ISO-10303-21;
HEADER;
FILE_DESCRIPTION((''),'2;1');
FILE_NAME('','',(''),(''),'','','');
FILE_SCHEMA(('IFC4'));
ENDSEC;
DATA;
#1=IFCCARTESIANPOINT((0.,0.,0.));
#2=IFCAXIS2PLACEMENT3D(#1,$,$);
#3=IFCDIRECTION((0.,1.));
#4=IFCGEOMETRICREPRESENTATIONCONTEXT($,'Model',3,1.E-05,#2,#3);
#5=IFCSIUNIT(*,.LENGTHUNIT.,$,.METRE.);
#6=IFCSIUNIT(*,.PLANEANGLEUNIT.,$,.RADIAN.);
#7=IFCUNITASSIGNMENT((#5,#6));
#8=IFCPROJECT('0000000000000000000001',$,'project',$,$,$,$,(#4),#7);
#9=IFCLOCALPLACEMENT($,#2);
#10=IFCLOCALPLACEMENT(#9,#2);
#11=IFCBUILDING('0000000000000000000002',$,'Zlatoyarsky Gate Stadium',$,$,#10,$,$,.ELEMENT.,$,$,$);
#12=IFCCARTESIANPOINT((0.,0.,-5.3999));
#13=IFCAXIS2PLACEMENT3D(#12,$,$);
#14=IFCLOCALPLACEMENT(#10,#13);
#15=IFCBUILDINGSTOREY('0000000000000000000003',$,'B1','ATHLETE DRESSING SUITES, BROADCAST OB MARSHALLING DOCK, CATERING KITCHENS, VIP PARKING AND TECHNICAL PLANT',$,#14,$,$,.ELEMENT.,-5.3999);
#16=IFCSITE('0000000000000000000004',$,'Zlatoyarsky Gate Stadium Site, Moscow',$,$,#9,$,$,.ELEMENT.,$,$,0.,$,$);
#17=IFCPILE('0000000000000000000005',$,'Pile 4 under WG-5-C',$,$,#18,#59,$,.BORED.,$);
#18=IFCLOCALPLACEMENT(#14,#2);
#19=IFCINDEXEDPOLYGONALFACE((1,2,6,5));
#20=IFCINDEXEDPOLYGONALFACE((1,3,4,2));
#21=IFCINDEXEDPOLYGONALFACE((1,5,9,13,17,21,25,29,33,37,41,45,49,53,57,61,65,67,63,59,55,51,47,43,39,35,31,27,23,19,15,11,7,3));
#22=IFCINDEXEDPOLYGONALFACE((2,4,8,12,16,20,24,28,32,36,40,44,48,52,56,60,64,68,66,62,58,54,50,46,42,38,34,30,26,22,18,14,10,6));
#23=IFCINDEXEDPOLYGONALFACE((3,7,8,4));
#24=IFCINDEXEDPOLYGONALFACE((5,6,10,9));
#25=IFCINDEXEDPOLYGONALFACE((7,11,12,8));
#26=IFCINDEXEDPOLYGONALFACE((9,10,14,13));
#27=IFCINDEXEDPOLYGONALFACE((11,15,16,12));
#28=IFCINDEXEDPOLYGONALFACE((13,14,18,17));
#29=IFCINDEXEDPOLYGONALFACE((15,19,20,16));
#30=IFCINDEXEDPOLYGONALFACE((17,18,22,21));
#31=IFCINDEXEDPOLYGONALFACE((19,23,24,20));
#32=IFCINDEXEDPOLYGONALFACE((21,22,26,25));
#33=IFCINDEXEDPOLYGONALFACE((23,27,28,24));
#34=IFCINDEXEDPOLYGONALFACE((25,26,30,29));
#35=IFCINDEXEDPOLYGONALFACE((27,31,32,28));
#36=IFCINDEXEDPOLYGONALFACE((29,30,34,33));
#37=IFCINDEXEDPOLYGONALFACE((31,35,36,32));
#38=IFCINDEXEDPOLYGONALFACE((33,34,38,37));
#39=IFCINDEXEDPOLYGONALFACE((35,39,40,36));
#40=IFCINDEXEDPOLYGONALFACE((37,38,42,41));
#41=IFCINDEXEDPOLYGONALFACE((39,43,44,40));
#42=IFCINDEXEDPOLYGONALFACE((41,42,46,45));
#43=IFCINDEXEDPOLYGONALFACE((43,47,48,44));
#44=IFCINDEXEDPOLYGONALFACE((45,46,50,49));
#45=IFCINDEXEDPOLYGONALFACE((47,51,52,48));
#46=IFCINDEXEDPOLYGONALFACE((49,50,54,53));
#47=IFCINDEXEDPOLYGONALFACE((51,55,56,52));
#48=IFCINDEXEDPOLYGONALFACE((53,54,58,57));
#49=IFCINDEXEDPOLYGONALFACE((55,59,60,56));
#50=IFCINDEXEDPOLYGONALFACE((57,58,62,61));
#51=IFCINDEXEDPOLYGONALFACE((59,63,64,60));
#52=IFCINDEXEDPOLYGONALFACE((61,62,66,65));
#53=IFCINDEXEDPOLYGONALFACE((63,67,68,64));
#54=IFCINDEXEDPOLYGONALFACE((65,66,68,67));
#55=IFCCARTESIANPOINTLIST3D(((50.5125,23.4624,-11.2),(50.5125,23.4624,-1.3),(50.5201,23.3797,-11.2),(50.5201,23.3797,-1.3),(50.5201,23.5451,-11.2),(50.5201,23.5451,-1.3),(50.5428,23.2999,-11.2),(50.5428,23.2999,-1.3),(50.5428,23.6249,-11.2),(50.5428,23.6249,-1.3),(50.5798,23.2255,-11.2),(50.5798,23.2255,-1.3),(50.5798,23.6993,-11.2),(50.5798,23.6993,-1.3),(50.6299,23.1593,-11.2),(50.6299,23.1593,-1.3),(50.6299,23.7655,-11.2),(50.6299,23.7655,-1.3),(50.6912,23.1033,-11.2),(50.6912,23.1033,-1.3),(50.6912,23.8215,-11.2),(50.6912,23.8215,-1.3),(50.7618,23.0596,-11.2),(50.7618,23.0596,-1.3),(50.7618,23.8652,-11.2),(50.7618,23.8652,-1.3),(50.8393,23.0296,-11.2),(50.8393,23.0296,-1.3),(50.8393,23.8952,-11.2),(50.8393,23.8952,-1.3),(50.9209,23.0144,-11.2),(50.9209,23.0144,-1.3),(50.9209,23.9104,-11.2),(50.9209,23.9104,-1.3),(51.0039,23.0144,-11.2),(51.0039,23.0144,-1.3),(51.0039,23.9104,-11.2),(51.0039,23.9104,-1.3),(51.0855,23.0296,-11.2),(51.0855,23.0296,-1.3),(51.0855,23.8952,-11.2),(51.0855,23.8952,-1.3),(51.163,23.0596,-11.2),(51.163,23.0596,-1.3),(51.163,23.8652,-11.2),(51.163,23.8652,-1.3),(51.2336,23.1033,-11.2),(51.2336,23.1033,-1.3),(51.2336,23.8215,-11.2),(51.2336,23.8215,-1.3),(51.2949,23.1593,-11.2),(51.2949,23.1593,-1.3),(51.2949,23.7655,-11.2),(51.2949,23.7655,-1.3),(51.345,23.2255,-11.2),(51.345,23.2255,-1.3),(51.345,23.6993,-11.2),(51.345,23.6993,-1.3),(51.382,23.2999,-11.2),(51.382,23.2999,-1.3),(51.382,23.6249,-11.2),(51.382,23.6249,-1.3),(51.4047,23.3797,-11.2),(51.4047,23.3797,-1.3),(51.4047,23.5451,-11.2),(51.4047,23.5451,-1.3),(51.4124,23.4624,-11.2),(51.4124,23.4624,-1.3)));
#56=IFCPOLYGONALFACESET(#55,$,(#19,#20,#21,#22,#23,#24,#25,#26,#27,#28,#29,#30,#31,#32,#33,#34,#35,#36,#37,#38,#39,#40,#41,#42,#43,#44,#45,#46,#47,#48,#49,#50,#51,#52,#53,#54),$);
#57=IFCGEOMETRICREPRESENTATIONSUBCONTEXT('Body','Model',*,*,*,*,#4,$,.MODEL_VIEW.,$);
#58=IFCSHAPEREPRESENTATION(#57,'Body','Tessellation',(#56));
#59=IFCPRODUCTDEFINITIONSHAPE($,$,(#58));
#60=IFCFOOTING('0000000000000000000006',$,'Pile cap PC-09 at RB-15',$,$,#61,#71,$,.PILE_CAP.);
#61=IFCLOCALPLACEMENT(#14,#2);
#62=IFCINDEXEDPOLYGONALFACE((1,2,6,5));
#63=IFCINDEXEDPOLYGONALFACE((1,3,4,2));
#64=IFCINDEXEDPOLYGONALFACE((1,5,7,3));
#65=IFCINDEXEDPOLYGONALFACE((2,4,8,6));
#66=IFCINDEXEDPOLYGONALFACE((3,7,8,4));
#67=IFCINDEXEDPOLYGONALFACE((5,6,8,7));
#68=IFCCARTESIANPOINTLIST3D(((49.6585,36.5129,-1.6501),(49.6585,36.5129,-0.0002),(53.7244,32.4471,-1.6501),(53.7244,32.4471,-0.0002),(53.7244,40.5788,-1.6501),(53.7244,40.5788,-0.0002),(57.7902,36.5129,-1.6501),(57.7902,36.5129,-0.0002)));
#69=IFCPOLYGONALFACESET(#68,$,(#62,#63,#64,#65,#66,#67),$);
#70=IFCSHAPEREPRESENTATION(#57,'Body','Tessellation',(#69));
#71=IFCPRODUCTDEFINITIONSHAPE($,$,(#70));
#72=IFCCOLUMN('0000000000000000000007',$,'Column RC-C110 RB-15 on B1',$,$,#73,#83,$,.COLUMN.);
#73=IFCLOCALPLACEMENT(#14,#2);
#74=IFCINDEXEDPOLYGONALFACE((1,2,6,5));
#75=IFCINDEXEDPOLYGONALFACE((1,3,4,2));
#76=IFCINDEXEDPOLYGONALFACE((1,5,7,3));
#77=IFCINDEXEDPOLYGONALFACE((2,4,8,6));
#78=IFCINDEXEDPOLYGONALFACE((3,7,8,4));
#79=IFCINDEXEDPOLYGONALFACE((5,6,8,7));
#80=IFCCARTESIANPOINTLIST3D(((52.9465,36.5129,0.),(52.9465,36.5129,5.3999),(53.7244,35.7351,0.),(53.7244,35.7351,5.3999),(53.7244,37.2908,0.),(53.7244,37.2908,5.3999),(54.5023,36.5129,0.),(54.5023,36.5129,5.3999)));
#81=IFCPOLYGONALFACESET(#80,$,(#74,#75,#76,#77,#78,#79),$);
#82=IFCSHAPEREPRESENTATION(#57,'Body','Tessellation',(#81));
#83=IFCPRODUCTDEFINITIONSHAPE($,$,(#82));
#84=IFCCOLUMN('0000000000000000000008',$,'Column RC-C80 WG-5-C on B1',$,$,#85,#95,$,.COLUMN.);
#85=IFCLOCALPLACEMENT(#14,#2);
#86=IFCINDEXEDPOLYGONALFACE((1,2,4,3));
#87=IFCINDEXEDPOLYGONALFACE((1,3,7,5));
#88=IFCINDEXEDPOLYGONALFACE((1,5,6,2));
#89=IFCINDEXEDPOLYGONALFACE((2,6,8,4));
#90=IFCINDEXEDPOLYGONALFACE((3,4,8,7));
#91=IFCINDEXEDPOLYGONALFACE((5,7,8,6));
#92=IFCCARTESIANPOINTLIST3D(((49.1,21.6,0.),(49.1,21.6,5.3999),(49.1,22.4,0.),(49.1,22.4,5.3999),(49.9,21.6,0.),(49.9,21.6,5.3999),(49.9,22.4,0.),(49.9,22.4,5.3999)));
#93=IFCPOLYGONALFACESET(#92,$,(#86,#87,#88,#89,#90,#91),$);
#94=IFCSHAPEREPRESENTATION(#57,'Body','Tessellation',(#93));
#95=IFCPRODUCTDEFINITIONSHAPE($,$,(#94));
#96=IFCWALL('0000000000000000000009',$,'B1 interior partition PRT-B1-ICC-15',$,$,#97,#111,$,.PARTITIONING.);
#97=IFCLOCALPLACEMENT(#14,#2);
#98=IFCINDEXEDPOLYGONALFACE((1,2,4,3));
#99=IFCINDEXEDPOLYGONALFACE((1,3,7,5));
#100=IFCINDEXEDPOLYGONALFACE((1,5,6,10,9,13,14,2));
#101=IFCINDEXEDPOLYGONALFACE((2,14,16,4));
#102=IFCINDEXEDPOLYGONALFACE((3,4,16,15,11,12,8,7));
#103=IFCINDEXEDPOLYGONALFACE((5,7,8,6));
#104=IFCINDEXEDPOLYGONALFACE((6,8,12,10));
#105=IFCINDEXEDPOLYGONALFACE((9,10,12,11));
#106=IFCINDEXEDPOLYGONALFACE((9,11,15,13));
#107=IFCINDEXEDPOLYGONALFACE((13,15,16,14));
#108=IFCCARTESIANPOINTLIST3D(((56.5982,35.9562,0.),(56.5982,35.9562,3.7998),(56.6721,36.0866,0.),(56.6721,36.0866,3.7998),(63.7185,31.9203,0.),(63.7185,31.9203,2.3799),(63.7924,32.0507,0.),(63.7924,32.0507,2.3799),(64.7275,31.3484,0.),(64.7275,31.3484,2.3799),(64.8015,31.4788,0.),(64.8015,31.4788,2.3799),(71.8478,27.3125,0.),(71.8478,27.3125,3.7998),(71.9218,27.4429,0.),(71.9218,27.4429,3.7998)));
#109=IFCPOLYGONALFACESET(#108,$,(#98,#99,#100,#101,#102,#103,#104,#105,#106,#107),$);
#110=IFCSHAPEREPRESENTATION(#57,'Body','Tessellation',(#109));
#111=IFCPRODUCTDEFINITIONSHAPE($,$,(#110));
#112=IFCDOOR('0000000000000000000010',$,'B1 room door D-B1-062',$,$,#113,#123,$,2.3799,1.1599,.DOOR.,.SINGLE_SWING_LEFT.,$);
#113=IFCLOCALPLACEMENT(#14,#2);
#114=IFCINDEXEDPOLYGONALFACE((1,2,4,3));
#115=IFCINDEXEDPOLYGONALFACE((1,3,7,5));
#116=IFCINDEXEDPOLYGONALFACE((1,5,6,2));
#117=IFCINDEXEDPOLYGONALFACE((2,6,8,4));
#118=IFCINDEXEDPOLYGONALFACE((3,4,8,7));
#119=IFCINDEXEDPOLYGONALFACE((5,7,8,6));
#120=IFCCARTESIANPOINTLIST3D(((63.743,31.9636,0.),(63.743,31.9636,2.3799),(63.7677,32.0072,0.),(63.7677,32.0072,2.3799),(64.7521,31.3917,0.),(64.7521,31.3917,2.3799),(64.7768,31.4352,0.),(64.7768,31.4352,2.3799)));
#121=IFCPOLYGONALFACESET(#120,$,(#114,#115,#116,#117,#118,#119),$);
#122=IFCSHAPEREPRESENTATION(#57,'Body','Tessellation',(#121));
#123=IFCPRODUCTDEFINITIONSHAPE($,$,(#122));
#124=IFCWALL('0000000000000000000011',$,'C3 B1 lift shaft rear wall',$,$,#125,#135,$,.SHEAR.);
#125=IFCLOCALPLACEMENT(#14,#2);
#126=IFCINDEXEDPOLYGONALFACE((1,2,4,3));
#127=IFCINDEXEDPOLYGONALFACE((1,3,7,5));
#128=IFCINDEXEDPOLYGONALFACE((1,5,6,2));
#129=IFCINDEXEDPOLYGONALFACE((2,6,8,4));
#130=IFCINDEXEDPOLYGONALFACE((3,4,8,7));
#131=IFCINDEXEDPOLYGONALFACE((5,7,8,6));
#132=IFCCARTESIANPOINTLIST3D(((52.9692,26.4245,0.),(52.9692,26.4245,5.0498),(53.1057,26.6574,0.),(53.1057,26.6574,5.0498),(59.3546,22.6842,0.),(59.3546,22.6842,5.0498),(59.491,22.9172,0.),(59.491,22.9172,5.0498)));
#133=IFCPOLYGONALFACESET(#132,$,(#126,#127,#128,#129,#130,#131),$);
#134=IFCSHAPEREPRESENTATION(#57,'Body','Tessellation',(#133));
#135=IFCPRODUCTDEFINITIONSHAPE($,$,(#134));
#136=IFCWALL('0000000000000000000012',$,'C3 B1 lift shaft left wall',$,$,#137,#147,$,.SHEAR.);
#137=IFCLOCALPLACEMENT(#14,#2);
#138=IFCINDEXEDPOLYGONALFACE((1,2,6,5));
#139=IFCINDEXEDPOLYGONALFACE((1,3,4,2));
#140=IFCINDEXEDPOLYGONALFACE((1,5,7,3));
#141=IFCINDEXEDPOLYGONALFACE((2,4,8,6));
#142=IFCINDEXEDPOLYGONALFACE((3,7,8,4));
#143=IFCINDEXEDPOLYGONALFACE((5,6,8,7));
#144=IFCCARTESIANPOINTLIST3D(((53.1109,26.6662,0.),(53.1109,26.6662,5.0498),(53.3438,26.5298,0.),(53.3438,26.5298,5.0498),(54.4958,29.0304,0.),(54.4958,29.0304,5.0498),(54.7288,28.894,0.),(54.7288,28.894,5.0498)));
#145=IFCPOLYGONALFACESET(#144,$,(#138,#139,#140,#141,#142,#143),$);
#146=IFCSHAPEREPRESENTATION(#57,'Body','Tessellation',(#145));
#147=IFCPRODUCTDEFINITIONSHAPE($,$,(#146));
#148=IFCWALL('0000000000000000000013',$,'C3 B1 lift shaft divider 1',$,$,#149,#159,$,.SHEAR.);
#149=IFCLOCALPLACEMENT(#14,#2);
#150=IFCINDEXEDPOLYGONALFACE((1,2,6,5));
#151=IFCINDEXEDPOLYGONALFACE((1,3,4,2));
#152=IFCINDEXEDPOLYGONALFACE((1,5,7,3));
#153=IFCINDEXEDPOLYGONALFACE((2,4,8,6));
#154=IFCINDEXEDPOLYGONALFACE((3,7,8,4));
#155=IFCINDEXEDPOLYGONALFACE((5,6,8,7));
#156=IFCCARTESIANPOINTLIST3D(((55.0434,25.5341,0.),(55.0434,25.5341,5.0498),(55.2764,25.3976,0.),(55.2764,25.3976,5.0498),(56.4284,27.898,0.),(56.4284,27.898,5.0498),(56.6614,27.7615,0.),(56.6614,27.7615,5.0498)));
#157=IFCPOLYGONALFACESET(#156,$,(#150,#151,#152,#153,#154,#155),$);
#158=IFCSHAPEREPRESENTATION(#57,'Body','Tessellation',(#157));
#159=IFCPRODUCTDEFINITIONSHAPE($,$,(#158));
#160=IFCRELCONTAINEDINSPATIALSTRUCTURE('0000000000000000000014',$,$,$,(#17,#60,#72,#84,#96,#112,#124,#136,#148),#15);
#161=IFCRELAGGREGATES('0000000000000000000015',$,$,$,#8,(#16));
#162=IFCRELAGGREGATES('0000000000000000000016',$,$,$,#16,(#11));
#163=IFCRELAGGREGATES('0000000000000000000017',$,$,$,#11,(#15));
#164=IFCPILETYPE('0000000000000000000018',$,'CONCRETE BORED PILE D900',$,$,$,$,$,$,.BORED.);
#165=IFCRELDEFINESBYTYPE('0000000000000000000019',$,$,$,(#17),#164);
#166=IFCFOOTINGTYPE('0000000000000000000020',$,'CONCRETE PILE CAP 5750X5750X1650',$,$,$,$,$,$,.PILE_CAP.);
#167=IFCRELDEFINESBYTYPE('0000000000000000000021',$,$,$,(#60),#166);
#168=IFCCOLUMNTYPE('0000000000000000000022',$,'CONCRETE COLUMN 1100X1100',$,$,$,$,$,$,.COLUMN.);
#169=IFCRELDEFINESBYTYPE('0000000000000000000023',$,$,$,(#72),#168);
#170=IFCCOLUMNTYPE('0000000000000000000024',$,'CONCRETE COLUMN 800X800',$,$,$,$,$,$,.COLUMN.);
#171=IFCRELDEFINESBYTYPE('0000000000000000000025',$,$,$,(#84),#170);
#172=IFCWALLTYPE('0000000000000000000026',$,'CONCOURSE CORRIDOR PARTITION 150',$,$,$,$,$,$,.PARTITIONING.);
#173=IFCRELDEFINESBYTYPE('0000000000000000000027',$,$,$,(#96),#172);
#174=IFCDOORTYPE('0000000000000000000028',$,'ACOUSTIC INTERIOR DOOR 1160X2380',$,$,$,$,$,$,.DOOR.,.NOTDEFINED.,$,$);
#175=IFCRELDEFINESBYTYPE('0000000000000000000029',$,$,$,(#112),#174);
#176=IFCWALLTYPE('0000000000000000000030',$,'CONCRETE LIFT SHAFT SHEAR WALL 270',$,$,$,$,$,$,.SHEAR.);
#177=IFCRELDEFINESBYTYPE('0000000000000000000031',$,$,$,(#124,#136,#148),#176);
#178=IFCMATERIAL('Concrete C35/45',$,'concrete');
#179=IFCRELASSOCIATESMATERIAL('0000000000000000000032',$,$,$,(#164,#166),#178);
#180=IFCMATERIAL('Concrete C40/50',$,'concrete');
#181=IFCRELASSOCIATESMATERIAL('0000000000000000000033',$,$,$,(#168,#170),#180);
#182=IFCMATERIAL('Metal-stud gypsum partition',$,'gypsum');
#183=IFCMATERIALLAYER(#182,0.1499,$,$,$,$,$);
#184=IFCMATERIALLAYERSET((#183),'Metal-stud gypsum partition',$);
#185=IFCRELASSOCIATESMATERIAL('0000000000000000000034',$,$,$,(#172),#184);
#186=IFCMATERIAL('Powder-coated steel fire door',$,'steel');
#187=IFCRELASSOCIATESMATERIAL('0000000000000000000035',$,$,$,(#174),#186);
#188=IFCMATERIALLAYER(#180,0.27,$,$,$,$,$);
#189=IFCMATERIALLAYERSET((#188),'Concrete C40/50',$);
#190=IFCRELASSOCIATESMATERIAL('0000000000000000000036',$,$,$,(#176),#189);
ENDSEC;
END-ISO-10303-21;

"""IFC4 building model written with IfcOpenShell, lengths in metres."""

from ifc_helpers import new_model, si_unit, direction, frame, frame_2d, origin, origin_2d, place, context, subcontext, project, spatial, rectangle, circle, extrude, material, layer, layer_set, material_profile, profile_set, type_object, element, fill, save


model = new_model("IFC4")

# Units and contexts
model_context = context("Model", 3, precision=1e-05, world=origin(), true_north=direction((0.0, 1.0)))
body_context = subcontext(model_context, "Body", "Model", "MODEL_VIEW")
ifc_project = project(units=[si_unit("LENGTHUNIT", "METRE"), si_unit("PLANEANGLEUNIT", "RADIAN")], contexts=[model_context])

# Site, building, storey
site_placement = place(None, origin())
site = spatial("IfcSite", under=ifc_project, at=site_placement, Name="Zlatoyarsky Gate Stadium Site, Moscow", CompositionType="ELEMENT", RefElevation=0.0)
building_placement = place(site_placement, origin())
building = spatial("IfcBuilding", under=site, at=building_placement, Name="Zlatoyarsky Gate Stadium", CompositionType="ELEMENT")
storey_placement = place(building_placement, frame((0.0, 0.0, -5.3999)))
storey = spatial("IfcBuildingStorey", under=building, at=storey_placement, Name="B1", Description="ATHLETE DRESSING SUITES, BROADCAST OB MARSHALLING DOCK, CATERING KITCHENS, VIP PARKING AND TECHNICAL PLANT", CompositionType="ELEMENT", Elevation=-5.3999)

# Pile
ifc_material_1 = material(Name="Concrete C35/45", Category="concrete")
ifc_material_profile_1 = material_profile(ifc_material_1, circle(Radius=0.45, at=origin_2d()), Name="BORED PILE D900")
ifc_profile_set_1 = profile_set([ifc_material_profile_1], Name="Concrete C35/45")
pile_type_1 = type_object("IfcPileType", Name="CONCRETE BORED PILE D900", PredefinedType="BORED", material=ifc_profile_set_1)
for number, where, z_axis, x_axis, name in (
    (1, (50.9624, 23.4624, -1.3), (0.0, 0.0, -1.0), (1.0, 0.0, 0.0), "Pile 4 under WG-5-C"),
):
    element("IfcPile", number, at=place(storey_placement, frame(where, z_axis=z_axis, x_axis=x_axis)), inside=storey, type_object=pile_type_1, Name=name, PredefinedType="BORED", context=body_context, shape_type="SweptSolid", body=[
        extrude(circle(Radius=0.45, at=origin_2d()), origin(), (0.0, 0.0, 1.0), 9.8999),
    ])

# Footing
footing_type = type_object("IfcFootingType", Name="CONCRETE PILE CAP 5750X5750X1650", PredefinedType="PILE_CAP", material=ifc_material_1)
footing_placement = place(storey_placement, frame((53.7244, 36.5129, -1.6501), z_axis=(0.0, 0.0, 1.0), x_axis=(-0.707107, -0.707107, 0.0)))
element("IfcFooting", 2, at=footing_placement, inside=storey, type_object=footing_type, Name="Pile cap PC-09 at RB-15", PredefinedType="PILE_CAP", context=body_context, shape_type="SweptSolid", body=[
    extrude(rectangle(XDim=5.75, YDim=5.75, at=origin_2d()), origin(), (0.0, 0.0, 1.0), 1.6499),
])

# Columns
ifc_material_2 = material(Name="Concrete C40/50", Category="concrete")
ifc_material_profile_2 = material_profile(ifc_material_2, rectangle(XDim=1.1001, YDim=1.1001, at=origin_2d()), Name="RC COL 1100X1100")
ifc_profile_set_2 = profile_set([ifc_material_profile_2], Name="Concrete C40/50")
column_type_1 = type_object("IfcColumnType", Name="CONCRETE COLUMN 1100X1100", PredefinedType="COLUMN", material=ifc_profile_set_2)
column_1_placement = place(storey_placement, frame((53.7244, 36.5129, 0.0), z_axis=(0.0, 0.0, 1.0), x_axis=(-0.707107, -0.707107, 0.0)))
element("IfcColumn", 3, at=column_1_placement, inside=storey, type_object=column_type_1, Name="Column RC-C110 RB-15 on B1", PredefinedType="COLUMN", context=body_context, shape_type="SweptSolid", body=[
    extrude(rectangle(XDim=1.1001, YDim=1.1001, at=origin_2d()), origin(), (0.0, 0.0, 1.0), 5.3999),
])
ifc_material_profile_3 = material_profile(ifc_material_2, rectangle(XDim=0.8, YDim=0.8, at=origin_2d()), Name="RC COL 800X800")
ifc_profile_set_3 = profile_set([ifc_material_profile_3], Name="Concrete C40/50")
column_type_2 = type_object("IfcColumnType", Name="CONCRETE COLUMN 800X800", PredefinedType="COLUMN", material=ifc_profile_set_3)
column_2_placement = place(storey_placement, frame((49.5, 22.0, 0.0), z_axis=(0.0, 0.0, 1.0), x_axis=(1.0, 0.0, 0.0)))
element("IfcColumn", 4, at=column_2_placement, inside=storey, type_object=column_type_2, Name="Column RC-C80 WG-5-C on B1", PredefinedType="COLUMN", context=body_context, shape_type="SweptSolid", body=[
    extrude(rectangle(XDim=0.8, YDim=0.8, at=origin_2d()), origin(), (0.0, 0.0, 1.0), 5.3999),
])

# Wall, opening, door
ifc_material_3 = material(Name="Metal-stud gypsum partition", Category="gypsum")
ifc_layer_1 = layer(ifc_material_3, 0.1499)
ifc_layer_set_1 = layer_set([ifc_layer_1], Name="Metal-stud gypsum partition")
wall_type_1 = type_object("IfcWallType", Name="CONCOURSE CORRIDOR PARTITION 150", PredefinedType="PARTITIONING", material=ifc_layer_set_1)
wall_1_placement = place(storey_placement, frame((56.635, 36.0215, 0.0), z_axis=(0.0, 0.0, 1.0), x_axis=(0.869967, -0.493111, 0.0)))
wall_1 = element("IfcWall", 5, at=wall_1_placement, inside=storey, type_object=wall_type_1, Name="B1 interior partition PRT-B1-ICC-15", PredefinedType="PARTITIONING", context=body_context, shape_type="SweptSolid", body=[
    extrude(rectangle(XDim=17.5291, YDim=0.1499, at=frame_2d((8.7646, 0.0))), origin(), (0.0, 0.0, 1.0), 3.7998),
])
opening_1_placement = place(wall_1_placement, frame((8.1846, 0.0, 0.0)))
opening_1 = element("IfcOpeningElement", 6, at=opening_1_placement, cuts=wall_1, PredefinedType="OPENING", context=body_context, shape_type="SweptSolid", body=[
    extrude(rectangle(XDim=1.1599, YDim=2.3799, at=frame_2d((0.5801, 1.1899))), frame((0.0, 0.085, 0.0), z_axis=(0.0, -1.0, 0.0), x_axis=(1.0, 0.0, 0.0)), (0.0, 0.0, 1.0), 0.1699),
])
ifc_material_4 = material(Name="Powder-coated steel fire door", Category="steel")
door_type_1 = type_object("IfcDoorType", Name="ACOUSTIC INTERIOR DOOR 1160X2380", OperationType="NOTDEFINED", PredefinedType="DOOR", material=ifc_material_4)
door_1_placement = place(opening_1_placement, origin())
door_1 = element("IfcDoor", 7, at=door_1_placement, inside=storey, type_object=door_type_1, Name="B1 room door D-B1-062", OperationType="SINGLE_SWING_LEFT", OverallHeight=2.3799, OverallWidth=1.1599, PredefinedType="DOOR", context=body_context, shape_type="SweptSolid", body=[
    extrude(rectangle(XDim=1.1599, YDim=2.3799, at=frame_2d((0.5801, 1.1899))), frame((0.0, 0.0249, 0.0), z_axis=(0.0, -1.0, 0.0), x_axis=(1.0, 0.0, 0.0)), (0.0, 0.0, 1.0), 0.05),
])
fill(opening_1, door_1)

# Walls
ifc_layer_2 = layer(ifc_material_2, 0.27)
ifc_layer_set_2 = layer_set([ifc_layer_2], Name="Concrete C40/50")
wall_type_2 = type_object("IfcWallType", Name="CONCRETE LIFT SHAFT SHEAR WALL 270", PredefinedType="SHEAR", material=ifc_layer_set_2)
wall_2_placement = place(storey_placement, frame((53.0374, 26.541, 0.0), z_axis=(0.0, 0.0, 1.0), x_axis=(0.862866, -0.505433, 0.0)))
element("IfcWall", 8, at=wall_2_placement, inside=storey, type_object=wall_type_2, Name="C3 B1 lift shaft rear wall", PredefinedType="SHEAR", context=body_context, shape_type="SweptSolid", body=[
    extrude(rectangle(XDim=7.4001, YDim=0.27, at=frame_2d((3.7002, 0.0))), origin(), (0.0, 0.0, 1.0), 5.0498),
])
wall_3_placement = place(storey_placement, frame((53.2273, 26.5979, 0.0), z_axis=(0.0, 0.0, 1.0), x_axis=(0.505466, 0.862847, 0.0)))
element("IfcWall", 9, at=wall_3_placement, inside=storey, type_object=wall_type_2, Name="C3 B1 lift shaft left wall", PredefinedType="SHEAR", context=body_context, shape_type="SweptSolid", body=[
    extrude(rectangle(XDim=2.74, YDim=0.27, at=frame_2d((1.3701, 0.0))), origin(), (0.0, 0.0, 1.0), 5.0498),
])
wall_4_placement = place(storey_placement, frame((55.1599, 25.4658, 0.0), z_axis=(0.0, 0.0, 1.0), x_axis=(0.505505, 0.862824, 0.0)))
element("IfcWall", 10, at=wall_4_placement, inside=storey, type_object=wall_type_2, Name="C3 B1 lift shaft divider 1", PredefinedType="SHEAR", context=body_context, shape_type="SweptSolid", body=[
    extrude(rectangle(XDim=2.7397, YDim=0.27, at=frame_2d((1.3699, 0.0))), origin(), (0.0, 0.0, 1.0), 5.0498),
])

save(model, "model.ifc")
